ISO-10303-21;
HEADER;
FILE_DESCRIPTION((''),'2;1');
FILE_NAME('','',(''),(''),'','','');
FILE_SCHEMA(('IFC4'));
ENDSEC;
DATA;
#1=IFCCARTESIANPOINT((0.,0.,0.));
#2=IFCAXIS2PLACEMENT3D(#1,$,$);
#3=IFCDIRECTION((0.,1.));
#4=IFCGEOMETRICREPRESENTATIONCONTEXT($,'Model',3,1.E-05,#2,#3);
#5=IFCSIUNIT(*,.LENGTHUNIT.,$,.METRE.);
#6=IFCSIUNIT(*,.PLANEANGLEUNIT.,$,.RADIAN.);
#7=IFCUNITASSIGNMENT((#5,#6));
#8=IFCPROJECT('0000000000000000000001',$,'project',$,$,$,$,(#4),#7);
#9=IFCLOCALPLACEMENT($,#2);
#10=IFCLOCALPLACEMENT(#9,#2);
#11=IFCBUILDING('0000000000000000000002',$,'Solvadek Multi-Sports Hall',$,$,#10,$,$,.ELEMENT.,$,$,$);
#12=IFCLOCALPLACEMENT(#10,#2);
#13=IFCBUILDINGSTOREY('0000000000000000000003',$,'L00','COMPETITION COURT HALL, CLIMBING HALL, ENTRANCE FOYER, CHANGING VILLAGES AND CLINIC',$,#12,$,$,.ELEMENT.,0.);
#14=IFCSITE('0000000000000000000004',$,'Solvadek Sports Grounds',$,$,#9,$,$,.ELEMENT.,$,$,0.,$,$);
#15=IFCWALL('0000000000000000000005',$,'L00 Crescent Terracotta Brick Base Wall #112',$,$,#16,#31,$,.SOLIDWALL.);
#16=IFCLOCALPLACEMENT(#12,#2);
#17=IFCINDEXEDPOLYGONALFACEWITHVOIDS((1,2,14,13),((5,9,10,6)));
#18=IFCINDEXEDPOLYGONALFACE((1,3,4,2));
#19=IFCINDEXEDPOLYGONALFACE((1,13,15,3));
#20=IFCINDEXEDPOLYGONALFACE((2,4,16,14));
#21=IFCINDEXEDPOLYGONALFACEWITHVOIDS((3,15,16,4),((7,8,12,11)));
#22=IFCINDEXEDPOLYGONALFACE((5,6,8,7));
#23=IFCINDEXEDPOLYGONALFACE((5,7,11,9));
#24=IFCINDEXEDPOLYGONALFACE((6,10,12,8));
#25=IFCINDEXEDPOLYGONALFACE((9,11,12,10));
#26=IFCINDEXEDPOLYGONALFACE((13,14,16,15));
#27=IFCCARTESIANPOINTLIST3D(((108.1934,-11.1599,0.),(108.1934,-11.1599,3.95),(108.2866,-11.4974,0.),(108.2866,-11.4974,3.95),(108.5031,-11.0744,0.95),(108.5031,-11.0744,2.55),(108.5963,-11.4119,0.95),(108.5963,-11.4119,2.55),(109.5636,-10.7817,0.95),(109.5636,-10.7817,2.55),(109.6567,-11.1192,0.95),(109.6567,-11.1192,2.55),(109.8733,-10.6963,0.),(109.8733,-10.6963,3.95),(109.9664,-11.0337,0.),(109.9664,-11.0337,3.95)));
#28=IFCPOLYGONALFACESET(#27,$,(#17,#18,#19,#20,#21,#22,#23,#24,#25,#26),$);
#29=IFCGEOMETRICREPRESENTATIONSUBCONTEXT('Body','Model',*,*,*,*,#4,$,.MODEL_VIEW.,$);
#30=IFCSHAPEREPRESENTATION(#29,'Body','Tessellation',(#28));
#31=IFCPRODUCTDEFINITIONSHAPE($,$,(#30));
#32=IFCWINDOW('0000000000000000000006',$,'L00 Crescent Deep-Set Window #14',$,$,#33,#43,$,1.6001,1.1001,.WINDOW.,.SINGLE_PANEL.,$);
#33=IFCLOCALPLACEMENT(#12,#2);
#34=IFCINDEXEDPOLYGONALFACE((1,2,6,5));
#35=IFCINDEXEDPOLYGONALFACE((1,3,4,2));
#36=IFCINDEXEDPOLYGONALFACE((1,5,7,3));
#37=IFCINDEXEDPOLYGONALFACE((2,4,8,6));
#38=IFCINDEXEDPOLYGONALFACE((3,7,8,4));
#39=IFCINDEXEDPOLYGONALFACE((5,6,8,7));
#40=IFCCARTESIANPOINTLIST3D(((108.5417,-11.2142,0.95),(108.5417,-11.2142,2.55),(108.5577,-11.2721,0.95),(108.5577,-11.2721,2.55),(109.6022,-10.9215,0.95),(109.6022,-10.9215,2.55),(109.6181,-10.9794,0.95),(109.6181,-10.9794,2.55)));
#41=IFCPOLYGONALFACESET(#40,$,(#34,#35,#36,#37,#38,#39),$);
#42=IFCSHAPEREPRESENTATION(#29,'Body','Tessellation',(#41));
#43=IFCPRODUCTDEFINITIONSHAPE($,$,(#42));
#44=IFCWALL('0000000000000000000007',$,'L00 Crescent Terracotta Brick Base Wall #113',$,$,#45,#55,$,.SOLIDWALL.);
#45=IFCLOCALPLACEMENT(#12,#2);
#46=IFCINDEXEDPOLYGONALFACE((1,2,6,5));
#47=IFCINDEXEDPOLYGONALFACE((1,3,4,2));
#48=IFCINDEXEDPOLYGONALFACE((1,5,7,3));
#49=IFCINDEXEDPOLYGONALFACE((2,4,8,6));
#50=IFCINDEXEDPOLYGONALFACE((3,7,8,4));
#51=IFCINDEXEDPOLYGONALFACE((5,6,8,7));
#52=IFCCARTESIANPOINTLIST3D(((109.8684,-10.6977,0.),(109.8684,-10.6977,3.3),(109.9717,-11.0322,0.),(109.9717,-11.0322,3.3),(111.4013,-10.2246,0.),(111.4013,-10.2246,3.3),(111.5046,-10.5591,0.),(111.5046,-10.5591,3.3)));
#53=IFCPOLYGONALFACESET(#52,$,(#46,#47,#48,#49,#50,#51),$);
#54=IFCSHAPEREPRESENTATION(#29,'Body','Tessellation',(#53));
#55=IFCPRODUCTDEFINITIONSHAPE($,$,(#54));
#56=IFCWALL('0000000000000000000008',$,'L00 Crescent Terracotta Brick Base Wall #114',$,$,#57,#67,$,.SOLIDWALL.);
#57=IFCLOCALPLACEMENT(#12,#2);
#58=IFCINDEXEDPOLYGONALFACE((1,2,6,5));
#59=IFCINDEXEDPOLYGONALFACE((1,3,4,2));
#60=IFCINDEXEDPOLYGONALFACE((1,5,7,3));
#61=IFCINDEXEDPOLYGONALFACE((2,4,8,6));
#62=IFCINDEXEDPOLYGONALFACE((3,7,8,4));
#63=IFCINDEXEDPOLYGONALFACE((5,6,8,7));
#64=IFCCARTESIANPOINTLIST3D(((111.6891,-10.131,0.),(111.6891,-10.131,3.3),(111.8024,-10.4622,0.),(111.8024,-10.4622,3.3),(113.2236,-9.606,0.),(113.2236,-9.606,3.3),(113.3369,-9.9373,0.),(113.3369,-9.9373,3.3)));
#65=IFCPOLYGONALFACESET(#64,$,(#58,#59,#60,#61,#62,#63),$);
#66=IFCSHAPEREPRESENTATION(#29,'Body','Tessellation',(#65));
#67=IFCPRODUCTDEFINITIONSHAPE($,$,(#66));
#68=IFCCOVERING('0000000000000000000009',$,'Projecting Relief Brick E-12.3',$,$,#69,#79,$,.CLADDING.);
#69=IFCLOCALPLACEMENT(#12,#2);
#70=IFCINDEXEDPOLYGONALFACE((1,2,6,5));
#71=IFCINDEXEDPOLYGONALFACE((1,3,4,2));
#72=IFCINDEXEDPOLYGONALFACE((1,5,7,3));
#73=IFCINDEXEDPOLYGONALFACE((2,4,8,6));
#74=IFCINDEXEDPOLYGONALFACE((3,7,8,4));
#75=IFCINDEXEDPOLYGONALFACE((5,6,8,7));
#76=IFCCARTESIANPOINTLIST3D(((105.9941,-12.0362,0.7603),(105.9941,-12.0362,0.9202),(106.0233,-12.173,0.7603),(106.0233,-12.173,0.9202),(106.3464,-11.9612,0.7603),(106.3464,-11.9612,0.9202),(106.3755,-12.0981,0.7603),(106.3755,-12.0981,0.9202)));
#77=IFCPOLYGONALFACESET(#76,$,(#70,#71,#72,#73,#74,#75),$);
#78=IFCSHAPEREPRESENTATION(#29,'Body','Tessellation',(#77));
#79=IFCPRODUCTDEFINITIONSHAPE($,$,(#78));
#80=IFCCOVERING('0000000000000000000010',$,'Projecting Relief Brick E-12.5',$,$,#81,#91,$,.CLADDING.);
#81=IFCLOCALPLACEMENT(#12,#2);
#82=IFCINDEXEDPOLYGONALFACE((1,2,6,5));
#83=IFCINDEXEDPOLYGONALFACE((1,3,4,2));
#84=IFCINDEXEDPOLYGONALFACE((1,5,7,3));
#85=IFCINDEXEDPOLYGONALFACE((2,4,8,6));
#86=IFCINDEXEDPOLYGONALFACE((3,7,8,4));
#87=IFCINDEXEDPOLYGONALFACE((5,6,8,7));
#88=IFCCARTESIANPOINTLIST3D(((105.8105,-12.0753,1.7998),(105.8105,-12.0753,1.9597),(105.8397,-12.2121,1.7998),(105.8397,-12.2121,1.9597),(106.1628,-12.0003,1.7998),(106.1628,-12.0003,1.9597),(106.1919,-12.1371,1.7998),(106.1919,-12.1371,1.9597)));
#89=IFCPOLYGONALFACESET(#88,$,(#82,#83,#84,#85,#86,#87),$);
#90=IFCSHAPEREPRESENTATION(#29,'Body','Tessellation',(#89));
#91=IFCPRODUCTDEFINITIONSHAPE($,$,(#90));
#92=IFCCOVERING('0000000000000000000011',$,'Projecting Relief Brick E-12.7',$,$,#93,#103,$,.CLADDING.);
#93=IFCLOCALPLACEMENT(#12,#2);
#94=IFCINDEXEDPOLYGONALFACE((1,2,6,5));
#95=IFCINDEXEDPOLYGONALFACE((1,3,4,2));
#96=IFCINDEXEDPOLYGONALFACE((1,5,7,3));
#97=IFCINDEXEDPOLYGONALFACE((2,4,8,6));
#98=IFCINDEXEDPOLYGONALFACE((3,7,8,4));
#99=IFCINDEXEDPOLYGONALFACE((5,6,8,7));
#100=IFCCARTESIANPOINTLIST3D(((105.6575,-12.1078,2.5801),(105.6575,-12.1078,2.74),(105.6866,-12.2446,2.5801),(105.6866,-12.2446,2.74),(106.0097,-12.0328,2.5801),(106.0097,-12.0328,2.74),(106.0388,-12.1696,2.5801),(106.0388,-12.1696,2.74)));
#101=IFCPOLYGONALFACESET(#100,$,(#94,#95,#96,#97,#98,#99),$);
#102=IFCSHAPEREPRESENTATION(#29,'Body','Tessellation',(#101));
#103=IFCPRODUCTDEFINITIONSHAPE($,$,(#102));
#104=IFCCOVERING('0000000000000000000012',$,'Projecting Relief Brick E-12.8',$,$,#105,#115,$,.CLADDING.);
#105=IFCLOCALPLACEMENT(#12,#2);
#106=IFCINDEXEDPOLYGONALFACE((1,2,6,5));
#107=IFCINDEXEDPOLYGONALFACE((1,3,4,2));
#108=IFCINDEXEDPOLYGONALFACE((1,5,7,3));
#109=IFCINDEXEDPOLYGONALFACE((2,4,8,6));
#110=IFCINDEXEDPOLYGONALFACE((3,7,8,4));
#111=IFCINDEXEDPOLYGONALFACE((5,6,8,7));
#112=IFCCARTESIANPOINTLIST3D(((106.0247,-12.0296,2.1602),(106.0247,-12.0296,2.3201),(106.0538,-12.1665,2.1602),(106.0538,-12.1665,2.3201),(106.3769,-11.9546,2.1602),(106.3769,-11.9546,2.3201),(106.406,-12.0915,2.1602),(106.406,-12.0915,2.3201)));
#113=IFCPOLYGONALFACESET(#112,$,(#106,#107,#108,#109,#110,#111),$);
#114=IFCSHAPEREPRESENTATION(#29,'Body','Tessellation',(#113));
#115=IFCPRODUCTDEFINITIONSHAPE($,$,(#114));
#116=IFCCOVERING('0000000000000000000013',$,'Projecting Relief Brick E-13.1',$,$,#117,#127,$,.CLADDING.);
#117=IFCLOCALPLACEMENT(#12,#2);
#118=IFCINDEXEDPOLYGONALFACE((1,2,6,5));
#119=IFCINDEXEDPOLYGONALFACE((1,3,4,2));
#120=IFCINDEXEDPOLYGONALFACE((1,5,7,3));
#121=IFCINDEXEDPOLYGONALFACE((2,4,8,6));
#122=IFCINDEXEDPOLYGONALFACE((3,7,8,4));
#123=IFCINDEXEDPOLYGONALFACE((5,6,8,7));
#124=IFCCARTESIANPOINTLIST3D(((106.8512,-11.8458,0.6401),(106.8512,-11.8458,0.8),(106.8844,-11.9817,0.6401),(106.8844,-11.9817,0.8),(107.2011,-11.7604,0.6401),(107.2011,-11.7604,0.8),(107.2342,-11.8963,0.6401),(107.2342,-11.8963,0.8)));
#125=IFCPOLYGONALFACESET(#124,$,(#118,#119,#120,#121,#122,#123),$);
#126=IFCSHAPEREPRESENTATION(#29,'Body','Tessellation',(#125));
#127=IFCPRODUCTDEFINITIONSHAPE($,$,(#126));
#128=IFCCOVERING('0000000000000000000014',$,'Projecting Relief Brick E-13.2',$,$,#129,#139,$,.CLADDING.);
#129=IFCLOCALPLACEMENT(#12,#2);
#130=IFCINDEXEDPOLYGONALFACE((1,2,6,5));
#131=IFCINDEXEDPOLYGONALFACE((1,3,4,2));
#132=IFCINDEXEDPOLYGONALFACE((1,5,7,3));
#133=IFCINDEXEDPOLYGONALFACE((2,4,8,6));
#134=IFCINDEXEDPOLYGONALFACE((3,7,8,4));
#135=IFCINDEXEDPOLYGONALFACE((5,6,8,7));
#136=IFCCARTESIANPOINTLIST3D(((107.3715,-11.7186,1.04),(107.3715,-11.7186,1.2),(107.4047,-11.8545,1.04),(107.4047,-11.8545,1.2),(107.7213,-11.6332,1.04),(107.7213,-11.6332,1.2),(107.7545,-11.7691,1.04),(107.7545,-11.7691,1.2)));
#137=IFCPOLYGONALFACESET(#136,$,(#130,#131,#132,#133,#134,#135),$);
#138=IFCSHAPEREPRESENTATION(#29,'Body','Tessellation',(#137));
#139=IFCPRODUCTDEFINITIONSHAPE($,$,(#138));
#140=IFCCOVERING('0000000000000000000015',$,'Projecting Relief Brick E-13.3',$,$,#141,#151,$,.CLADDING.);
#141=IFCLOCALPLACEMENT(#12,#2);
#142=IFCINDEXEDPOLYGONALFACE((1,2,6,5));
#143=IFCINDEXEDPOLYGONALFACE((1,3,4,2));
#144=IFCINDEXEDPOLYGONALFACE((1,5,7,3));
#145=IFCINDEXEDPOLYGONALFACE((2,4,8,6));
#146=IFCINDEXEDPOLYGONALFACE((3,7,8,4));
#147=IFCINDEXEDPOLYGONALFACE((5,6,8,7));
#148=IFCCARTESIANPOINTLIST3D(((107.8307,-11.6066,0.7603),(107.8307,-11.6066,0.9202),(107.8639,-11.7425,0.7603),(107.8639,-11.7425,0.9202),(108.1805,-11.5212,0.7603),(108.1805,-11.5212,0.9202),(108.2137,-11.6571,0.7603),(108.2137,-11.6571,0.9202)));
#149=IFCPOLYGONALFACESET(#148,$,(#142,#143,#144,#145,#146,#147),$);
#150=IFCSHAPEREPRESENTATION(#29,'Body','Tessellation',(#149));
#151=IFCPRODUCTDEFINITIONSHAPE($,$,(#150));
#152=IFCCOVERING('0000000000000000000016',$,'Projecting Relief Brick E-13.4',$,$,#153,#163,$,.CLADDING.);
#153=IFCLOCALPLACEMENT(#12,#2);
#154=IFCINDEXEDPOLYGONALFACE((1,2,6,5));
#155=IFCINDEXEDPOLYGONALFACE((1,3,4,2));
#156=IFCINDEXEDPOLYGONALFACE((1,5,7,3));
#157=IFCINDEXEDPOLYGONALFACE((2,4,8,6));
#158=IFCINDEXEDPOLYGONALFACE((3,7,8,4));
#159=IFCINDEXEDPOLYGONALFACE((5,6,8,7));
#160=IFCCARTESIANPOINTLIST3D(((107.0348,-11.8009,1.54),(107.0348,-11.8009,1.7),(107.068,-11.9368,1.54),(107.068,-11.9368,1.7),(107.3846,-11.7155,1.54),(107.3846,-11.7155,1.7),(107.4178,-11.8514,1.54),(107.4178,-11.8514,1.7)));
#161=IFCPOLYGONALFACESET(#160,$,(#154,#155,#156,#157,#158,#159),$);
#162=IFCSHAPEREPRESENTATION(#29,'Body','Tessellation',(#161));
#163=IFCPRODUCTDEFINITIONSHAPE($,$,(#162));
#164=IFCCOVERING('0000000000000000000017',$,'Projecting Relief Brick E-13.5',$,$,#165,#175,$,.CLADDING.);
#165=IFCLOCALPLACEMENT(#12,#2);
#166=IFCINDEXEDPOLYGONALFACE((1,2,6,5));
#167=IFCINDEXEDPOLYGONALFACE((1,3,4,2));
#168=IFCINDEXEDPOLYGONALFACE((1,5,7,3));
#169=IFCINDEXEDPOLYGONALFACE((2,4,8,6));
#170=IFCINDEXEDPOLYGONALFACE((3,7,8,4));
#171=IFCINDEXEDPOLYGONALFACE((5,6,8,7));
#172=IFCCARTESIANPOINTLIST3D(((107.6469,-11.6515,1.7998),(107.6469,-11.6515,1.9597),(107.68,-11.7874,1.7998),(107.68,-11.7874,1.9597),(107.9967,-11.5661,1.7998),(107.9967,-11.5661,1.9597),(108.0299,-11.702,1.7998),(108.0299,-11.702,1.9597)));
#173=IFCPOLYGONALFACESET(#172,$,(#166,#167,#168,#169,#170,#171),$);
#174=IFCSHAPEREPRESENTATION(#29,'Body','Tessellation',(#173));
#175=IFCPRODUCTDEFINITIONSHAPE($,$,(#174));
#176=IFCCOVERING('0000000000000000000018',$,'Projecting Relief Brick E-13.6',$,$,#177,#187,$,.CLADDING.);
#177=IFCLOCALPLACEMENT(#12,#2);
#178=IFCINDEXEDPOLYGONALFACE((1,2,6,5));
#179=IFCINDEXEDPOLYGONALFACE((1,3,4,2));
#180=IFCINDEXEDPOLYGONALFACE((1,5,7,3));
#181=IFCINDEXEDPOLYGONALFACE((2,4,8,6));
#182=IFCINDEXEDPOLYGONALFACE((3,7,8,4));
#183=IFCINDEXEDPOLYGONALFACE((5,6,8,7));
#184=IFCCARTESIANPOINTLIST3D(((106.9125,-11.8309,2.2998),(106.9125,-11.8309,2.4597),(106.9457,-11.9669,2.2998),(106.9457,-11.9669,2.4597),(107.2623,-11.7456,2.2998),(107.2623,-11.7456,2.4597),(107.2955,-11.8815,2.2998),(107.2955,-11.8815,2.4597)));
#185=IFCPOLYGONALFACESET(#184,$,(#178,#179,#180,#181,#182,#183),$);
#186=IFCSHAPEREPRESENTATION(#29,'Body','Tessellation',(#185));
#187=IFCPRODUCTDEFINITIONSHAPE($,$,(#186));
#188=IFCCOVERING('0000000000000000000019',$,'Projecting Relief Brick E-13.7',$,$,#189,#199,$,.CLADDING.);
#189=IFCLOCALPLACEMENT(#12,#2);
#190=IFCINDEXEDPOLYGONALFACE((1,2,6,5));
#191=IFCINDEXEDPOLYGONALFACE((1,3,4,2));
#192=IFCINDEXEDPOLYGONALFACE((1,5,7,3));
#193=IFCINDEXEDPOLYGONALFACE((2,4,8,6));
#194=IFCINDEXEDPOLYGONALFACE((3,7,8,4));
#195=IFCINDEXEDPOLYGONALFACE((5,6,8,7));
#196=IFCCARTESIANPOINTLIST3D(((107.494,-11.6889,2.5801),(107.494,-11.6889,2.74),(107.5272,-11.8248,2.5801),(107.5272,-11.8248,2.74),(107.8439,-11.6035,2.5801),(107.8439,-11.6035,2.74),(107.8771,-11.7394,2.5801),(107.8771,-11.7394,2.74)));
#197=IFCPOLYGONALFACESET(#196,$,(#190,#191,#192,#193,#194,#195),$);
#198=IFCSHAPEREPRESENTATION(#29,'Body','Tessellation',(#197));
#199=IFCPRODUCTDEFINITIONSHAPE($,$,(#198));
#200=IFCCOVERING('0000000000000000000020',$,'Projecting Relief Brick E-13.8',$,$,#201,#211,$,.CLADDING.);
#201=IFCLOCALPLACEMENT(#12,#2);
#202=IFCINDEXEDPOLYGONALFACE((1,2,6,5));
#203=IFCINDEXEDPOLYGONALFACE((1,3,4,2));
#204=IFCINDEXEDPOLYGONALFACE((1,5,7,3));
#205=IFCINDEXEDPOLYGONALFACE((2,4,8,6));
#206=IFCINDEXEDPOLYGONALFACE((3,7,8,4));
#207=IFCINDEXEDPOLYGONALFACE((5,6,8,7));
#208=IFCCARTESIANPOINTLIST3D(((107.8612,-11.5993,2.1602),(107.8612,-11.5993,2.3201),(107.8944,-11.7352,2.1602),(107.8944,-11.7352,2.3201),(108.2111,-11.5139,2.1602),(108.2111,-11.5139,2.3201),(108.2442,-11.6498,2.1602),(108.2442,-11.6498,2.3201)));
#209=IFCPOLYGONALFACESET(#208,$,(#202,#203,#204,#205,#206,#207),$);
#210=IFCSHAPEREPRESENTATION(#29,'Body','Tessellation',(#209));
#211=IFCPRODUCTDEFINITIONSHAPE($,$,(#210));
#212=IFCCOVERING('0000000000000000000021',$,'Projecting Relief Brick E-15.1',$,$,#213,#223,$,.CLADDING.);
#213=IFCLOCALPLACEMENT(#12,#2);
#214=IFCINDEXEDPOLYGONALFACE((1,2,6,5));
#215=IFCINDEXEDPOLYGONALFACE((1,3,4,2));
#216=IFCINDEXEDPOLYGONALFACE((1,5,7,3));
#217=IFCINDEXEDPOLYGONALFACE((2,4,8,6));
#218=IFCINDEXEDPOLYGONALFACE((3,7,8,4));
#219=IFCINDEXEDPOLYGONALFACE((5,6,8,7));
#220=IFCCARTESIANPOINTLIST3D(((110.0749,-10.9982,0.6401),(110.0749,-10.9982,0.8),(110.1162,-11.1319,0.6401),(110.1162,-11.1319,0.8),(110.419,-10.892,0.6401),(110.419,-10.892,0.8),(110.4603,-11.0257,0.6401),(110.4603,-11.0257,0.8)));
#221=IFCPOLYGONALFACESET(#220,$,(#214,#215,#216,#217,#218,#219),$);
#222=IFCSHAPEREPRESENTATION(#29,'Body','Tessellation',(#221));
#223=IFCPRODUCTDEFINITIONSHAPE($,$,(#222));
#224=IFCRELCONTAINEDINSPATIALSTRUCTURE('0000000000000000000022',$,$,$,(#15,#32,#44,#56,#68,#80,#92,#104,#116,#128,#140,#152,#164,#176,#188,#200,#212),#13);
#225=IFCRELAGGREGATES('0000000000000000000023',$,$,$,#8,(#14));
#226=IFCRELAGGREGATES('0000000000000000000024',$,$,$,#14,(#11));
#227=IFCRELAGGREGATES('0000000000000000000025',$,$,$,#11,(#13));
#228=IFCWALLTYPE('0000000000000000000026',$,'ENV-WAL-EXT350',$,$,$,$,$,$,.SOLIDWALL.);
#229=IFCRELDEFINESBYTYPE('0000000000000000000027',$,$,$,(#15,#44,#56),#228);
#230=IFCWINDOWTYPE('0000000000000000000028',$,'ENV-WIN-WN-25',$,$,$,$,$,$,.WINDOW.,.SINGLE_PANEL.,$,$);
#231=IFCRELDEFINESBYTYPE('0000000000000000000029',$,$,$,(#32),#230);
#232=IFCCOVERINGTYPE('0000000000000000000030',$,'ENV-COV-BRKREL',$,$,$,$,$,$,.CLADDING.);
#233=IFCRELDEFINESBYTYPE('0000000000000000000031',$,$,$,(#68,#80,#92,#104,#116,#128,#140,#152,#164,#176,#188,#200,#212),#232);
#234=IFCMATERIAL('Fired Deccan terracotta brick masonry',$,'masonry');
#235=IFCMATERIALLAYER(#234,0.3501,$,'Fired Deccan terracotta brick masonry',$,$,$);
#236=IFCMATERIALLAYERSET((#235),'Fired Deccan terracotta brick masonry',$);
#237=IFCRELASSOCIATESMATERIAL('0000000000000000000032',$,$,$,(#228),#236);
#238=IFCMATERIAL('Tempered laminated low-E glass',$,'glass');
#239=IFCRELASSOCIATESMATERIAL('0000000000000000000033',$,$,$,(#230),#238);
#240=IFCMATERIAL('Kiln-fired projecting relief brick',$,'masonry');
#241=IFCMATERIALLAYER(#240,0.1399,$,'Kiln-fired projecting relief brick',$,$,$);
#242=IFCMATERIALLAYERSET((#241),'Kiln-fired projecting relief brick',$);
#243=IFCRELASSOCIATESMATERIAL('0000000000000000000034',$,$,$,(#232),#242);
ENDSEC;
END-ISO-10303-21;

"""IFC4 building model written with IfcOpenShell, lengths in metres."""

from ifc_helpers import new_model, si_unit, direction, frame, frame_2d, origin, origin_2d, place, context, subcontext, project, spatial, rectangle, extrude, material, layer, layer_set, type_object, element, fill, save


model = new_model("IFC4")

# Units and contexts
model_context = context("Model", 3, precision=1e-05, world=origin(), true_north=direction((0.0, 1.0)))
body_context = subcontext(model_context, "Body", "Model", "MODEL_VIEW")
ifc_project = project(units=[si_unit("LENGTHUNIT", "METRE"), si_unit("PLANEANGLEUNIT", "RADIAN")], contexts=[model_context])

# Site, building, storey
site_placement = place(None, origin())
site = spatial("IfcSite", under=ifc_project, at=site_placement, Name="Solvadek Sports Grounds", CompositionType="ELEMENT", RefElevation=0.0)
building_placement = place(site_placement, origin())
building = spatial("IfcBuilding", under=site, at=building_placement, Name="Solvadek Multi-Sports Hall", CompositionType="ELEMENT")
storey_placement = place(building_placement, origin())
storey = spatial("IfcBuildingStorey", under=building, at=storey_placement, Name="L00", Description="COMPETITION COURT HALL, CLIMBING HALL, ENTRANCE FOYER, CHANGING VILLAGES AND CLINIC", CompositionType="ELEMENT", Elevation=0.0)

# Shared definitions
ifc_material_1 = material(Name="Fired Deccan terracotta brick masonry", Category="masonry")
ifc_layer_1 = layer(ifc_material_1, 0.3501, Name="Fired Deccan terracotta brick masonry")
ifc_layer_set_1 = layer_set([ifc_layer_1], Name="Fired Deccan terracotta brick masonry")
wall_type = type_object("IfcWallType", Name="ENV-WAL-EXT350", PredefinedType="SOLIDWALL", material=ifc_layer_set_1)

# Wall, opening, window
wall_1_placement = place(storey_placement, frame((108.24, -11.3286, 0.0), z_axis=(0.0, 0.0, 1.0), x_axis=(0.963964, 0.266032, 0.0)))
wall_1 = element("IfcWall", 1, at=wall_1_placement, inside=storey, type_object=wall_type, Name="L00 Crescent Terracotta Brick Base Wall #112", PredefinedType="SOLIDWALL", context=body_context, shape_type="SweptSolid", body=[
    extrude(rectangle(XDim=1.7427, YDim=0.3501, at=frame_2d((0.8713, 0.0))), origin(), (0.0, 0.0, 1.0), 3.95),
])
opening_placement = place(wall_1_placement, frame((0.3213, 0.0, 0.95)))
opening = element("IfcOpeningElement", 2, at=opening_placement, cuts=wall_1, PredefinedType="OPENING", context=body_context, shape_type="SweptSolid", body=[
    extrude(rectangle(XDim=1.1001, YDim=1.6001, at=frame_2d((0.55, 0.8))), frame((0.0, 0.1851, 0.0), z_axis=(0.0, -1.0, 0.0), x_axis=(1.0, 0.0, 0.0)), (0.0, 0.0, 1.0), 0.3701),
])
ifc_material_2 = material(Name="Tempered laminated low-E glass", Category="glass")
window_type = type_object("IfcWindowType", Name="ENV-WIN-WN-25", PartitioningType="SINGLE_PANEL", PredefinedType="WINDOW", material=ifc_material_2)
window_placement = place(opening_placement, origin())
window = element("IfcWindow", 3, at=window_placement, inside=storey, type_object=window_type, Name="L00 Crescent Deep-Set Window #14", OverallHeight=1.6001, OverallWidth=1.1001, PartitioningType="SINGLE_PANEL", PredefinedType="WINDOW", context=body_context, shape_type="SweptSolid", body=[
    extrude(rectangle(XDim=1.1001, YDim=1.6001, at=frame_2d((0.55, 0.8))), frame((0.0, 0.03, 0.0), z_axis=(0.0, -1.0, 0.0), x_axis=(1.0, 0.0, 0.0)), (0.0, 0.0, 1.0), 0.0601),
])
fill(opening, window)

# Walls
wall_2_placement = place(storey_placement, frame((109.9199, -10.865, 0.0), z_axis=(0.0, 0.0, 1.0), x_axis=(0.955522, 0.29492, 0.0)))
element("IfcWall", 4, at=wall_2_placement, inside=storey, type_object=wall_type, Name="L00 Crescent Terracotta Brick Base Wall #113", PredefinedType="SOLIDWALL", context=body_context, shape_type="SweptSolid", body=[
    extrude(rectangle(XDim=1.6042, YDim=0.3501, at=frame_2d((0.8022, 0.0))), origin(), (0.0, 0.0, 1.0), 3.3),
])
wall_3_placement = place(storey_placement, frame((111.7456, -10.2966, 0.0), z_axis=(0.0, 0.0, 1.0), x_axis=(0.94617, 0.32367, 0.0)))
element("IfcWall", 5, at=wall_3_placement, inside=storey, type_object=wall_type, Name="L00 Crescent Terracotta Brick Base Wall #114", PredefinedType="SOLIDWALL", context=body_context, shape_type="SweptSolid", body=[
    extrude(rectangle(XDim=1.6218, YDim=0.3501, at=frame_2d((0.811, 0.0))), origin(), (0.0, 0.0, 1.0), 3.3),
])

# Coverings
ifc_material_3 = material(Name="Kiln-fired projecting relief brick", Category="masonry")
ifc_layer_2 = layer(ifc_material_3, 0.1399, Name="Kiln-fired projecting relief brick")
ifc_layer_set_2 = layer_set([ifc_layer_2], Name="Kiln-fired projecting relief brick")
covering_type = type_object("IfcCoveringType", Name="ENV-COV-BRKREL", PredefinedType="CLADDING", material=ifc_layer_set_2)
for number, where, z_axis, x_axis, name in (
    (6, (106.1848, -12.0671, 0.7603), (0.0, 0.0, 1.0), (0.978076, 0.208249, 0.0), "Projecting Relief Brick E-12.3"),
    (7, (106.0012, -12.1062, 1.7998), (0.0, 0.0, 1.0), (0.978076, 0.208249, 0.0), "Projecting Relief Brick E-12.5"),
    (8, (105.8481, -12.1387, 2.5801), (0.0, 0.0, 1.0), (0.978076, 0.208249, 0.0), "Projecting Relief Brick E-12.7"),
    (9, (106.2153, -12.0605, 2.1602), (0.0, 0.0, 1.0), (0.978076, 0.208249, 0.0), "Projecting Relief Brick E-12.8"),
    (10, (107.0427, -11.8711, 0.6401), (0.0, 0.0, 1.0), (0.971475, 0.237144, 0.0), "Projecting Relief Brick E-13.1"),
    (11, (107.563, -11.7439, 1.04), (0.0, 0.0, 1.0), (0.971475, 0.237144, 0.0), "Projecting Relief Brick E-13.2"),
    (12, (108.0222, -11.6318, 0.7603), (0.0, 0.0, 1.0), (0.971475, 0.237144, 0.0), "Projecting Relief Brick E-13.3"),
    (13, (107.2263, -11.8262, 1.54), (0.0, 0.0, 1.0), (0.971475, 0.237144, 0.0), "Projecting Relief Brick E-13.4"),
    (14, (107.8384, -11.6768, 1.7998), (0.0, 0.0, 1.0), (0.971475, 0.237144, 0.0), "Projecting Relief Brick E-13.5"),
    (15, (107.104, -11.8562, 2.2998), (0.0, 0.0, 1.0), (0.971475, 0.237144, 0.0), "Projecting Relief Brick E-13.6"),
    (16, (107.6855, -11.7141, 2.5801), (0.0, 0.0, 1.0), (0.971475, 0.237144, 0.0), "Projecting Relief Brick E-13.7"),
    (17, (108.0527, -11.6245, 2.1602), (0.0, 0.0, 1.0), (0.971475, 0.237144, 0.0), "Projecting Relief Brick E-13.8"),
    (18, (110.2676, -11.012, 0.6401), (0.0, 0.0, 1.0), (0.955527, 0.294905, 0.0), "Projecting Relief Brick E-15.1"),
):
    element("IfcCovering", number, at=place(storey_placement, frame(where, z_axis=z_axis, x_axis=x_axis)), inside=storey, type_object=covering_type, Name=name, PredefinedType="CLADDING", context=body_context, shape_type="SweptSolid", body=[
        extrude(rectangle(XDim=0.3601, YDim=0.1399, at=origin_2d()), origin(), (0.0, 0.0, 1.0), 0.1599),
    ])

save(model, "model.ifc")
